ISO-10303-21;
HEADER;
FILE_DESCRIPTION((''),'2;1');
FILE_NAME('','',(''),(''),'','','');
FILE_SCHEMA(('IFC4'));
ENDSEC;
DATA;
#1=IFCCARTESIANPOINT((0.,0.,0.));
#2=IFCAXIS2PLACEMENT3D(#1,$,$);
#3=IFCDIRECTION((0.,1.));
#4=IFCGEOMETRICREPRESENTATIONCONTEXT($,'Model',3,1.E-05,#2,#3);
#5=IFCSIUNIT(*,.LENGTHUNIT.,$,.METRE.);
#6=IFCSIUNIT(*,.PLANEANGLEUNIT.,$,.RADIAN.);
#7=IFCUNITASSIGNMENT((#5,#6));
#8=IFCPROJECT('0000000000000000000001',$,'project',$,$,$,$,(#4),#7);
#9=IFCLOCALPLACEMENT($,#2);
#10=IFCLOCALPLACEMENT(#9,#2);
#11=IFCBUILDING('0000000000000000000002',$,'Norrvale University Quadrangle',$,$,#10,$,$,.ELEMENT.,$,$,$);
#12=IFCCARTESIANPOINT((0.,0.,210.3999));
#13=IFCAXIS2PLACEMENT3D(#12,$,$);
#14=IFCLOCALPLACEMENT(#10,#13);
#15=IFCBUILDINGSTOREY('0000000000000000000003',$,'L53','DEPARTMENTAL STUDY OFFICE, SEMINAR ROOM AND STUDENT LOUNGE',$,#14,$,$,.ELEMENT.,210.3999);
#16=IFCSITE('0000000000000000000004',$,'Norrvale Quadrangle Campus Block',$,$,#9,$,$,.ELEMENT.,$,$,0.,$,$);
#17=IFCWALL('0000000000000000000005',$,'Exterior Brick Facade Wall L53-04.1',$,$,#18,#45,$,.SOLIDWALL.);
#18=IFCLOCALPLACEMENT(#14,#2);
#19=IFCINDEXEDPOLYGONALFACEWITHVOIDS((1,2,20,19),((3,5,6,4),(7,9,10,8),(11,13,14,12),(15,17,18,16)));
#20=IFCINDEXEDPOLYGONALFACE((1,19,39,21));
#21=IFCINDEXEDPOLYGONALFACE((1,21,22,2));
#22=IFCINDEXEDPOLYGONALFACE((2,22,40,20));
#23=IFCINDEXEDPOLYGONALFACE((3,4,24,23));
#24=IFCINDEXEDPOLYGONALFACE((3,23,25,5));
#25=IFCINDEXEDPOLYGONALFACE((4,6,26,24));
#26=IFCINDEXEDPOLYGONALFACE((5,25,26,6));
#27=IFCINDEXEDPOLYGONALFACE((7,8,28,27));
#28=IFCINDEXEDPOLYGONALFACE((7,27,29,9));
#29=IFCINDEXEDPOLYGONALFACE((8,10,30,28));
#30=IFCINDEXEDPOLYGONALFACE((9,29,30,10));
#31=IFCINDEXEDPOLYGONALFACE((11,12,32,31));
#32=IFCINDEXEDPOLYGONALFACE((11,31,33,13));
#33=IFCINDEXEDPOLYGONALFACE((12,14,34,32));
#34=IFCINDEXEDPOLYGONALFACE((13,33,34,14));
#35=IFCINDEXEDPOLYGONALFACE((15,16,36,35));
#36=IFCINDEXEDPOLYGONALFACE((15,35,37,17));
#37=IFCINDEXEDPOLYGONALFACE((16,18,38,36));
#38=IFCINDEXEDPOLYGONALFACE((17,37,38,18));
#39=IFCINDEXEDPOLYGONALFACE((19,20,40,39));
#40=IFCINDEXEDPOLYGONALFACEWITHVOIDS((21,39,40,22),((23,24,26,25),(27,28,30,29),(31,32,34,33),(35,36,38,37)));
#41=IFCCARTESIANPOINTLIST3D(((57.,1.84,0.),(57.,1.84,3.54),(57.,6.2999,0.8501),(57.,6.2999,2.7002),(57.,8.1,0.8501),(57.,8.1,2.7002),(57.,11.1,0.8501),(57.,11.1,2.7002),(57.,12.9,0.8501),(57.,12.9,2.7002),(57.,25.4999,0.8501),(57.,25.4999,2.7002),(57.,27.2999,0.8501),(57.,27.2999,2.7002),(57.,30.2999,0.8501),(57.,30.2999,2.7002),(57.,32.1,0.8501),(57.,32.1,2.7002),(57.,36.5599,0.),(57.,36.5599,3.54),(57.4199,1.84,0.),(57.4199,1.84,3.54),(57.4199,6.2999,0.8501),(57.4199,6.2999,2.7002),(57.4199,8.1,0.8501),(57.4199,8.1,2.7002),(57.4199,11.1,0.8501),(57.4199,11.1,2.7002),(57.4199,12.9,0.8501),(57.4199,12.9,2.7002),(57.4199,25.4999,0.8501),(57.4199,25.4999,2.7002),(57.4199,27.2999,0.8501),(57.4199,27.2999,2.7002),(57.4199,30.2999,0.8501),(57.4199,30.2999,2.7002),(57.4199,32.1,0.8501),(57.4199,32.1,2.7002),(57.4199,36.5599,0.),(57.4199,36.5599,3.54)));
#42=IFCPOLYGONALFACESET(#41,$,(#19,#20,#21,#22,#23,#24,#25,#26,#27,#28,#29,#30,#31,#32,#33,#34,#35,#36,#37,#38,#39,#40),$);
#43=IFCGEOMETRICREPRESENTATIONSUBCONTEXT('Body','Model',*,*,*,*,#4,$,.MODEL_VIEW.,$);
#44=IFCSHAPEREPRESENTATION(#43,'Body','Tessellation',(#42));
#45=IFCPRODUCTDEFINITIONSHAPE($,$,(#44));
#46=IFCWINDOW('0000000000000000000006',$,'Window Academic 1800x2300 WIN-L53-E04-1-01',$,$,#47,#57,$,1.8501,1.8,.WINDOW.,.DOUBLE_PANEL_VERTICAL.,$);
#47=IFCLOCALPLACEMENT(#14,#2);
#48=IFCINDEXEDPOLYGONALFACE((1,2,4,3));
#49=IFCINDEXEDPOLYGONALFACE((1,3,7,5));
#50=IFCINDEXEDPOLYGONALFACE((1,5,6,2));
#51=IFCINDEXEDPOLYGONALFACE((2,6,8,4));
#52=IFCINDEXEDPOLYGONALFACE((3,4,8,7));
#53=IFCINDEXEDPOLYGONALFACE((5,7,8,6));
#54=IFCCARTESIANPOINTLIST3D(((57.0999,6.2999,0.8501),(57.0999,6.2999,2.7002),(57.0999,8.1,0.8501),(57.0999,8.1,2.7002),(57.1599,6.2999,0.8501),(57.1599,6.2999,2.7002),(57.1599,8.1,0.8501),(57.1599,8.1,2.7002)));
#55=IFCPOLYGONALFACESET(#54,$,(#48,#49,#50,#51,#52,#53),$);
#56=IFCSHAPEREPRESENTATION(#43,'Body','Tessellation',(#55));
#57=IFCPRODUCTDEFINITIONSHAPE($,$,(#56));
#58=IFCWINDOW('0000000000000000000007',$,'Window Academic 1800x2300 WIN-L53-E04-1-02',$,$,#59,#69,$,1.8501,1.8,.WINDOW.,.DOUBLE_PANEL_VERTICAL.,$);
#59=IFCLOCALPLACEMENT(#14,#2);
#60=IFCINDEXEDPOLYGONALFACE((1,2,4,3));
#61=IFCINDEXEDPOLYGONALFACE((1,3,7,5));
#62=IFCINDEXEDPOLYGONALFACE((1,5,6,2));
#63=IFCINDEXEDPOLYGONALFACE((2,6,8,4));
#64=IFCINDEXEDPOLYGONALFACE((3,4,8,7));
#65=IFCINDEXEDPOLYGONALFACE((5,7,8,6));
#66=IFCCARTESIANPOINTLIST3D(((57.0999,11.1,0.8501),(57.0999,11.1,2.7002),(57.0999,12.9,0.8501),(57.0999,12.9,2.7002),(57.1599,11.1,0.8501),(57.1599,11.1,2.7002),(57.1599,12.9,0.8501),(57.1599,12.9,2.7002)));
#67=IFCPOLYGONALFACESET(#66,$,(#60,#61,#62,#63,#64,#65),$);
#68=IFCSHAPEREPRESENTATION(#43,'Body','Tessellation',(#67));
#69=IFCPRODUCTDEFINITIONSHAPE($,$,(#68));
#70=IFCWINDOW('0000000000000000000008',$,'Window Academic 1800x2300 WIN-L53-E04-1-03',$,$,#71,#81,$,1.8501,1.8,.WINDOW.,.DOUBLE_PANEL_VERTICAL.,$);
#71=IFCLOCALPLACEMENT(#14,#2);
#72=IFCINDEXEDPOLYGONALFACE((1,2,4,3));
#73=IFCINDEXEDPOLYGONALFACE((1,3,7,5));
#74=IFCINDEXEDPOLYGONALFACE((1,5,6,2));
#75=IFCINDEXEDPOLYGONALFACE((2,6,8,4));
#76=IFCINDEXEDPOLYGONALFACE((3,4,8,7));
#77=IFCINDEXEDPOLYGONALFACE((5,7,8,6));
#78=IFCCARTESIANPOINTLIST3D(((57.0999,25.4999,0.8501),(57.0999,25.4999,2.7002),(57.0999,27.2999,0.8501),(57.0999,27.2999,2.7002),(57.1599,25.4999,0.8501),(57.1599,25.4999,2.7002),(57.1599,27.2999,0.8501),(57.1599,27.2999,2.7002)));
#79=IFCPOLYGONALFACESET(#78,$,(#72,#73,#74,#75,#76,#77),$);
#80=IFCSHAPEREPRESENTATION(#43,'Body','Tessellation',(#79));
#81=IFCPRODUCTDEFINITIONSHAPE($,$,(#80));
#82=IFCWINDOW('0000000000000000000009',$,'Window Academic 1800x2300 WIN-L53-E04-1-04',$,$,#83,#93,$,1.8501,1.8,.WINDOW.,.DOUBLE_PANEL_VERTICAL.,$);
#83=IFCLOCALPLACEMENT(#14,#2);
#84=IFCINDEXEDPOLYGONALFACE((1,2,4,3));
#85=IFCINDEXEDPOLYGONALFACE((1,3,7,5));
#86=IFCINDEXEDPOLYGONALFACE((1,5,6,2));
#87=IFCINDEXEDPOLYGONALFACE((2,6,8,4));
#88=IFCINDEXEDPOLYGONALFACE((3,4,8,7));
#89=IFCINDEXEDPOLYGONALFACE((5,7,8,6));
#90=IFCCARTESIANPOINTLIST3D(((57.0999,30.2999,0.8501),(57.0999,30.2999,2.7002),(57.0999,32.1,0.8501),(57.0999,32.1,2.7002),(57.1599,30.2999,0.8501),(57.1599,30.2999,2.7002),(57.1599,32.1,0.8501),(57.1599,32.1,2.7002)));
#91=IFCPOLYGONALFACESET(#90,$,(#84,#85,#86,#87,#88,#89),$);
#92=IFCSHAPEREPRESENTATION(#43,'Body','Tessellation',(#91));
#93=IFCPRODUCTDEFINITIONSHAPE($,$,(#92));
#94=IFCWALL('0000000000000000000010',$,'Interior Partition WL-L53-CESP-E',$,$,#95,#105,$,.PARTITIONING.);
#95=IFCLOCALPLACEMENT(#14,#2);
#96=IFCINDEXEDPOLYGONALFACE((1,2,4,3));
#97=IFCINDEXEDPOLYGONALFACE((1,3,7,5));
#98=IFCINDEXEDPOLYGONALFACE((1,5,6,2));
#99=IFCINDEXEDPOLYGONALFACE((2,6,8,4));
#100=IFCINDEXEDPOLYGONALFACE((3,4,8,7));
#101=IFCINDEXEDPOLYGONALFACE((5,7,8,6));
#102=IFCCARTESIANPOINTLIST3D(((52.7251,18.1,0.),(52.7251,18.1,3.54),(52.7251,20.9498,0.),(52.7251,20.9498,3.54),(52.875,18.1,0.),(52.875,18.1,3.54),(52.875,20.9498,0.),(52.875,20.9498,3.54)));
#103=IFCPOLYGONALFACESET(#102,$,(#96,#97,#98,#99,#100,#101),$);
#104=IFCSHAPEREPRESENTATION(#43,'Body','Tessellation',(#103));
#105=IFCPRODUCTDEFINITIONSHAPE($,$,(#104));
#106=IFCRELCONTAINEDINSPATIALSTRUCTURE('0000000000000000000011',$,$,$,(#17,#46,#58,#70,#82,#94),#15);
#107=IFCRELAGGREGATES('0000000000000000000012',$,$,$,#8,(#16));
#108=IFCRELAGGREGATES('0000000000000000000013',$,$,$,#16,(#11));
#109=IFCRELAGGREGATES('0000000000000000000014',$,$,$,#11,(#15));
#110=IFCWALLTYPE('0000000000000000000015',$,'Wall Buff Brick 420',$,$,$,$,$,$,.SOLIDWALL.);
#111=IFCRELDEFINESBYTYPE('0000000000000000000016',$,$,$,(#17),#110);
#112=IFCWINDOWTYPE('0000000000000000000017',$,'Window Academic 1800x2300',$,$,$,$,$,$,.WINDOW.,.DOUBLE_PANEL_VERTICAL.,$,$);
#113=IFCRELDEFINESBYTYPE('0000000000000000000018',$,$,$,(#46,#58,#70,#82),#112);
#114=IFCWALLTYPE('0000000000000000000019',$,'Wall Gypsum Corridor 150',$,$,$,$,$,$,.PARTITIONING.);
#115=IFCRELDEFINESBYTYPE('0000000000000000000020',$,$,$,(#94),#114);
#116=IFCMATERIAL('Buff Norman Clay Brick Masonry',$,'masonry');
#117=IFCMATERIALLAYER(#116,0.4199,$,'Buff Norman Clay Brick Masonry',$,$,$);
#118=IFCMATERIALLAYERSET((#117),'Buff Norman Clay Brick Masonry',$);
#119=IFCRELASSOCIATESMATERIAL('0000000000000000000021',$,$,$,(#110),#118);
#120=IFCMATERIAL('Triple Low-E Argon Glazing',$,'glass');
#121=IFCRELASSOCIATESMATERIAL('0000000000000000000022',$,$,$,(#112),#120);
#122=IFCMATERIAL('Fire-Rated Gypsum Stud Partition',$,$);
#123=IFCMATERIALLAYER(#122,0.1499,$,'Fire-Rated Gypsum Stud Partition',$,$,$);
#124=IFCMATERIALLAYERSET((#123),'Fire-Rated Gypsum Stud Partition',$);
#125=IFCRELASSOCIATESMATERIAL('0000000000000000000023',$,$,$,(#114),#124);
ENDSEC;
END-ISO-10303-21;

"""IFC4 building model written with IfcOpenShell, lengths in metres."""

from ifc_helpers import new_model, si_unit, direction, frame, frame_2d, origin, place, context, subcontext, project, spatial, rectangle, extrude, material, layer, layer_set, type_object, element, fill, save


model = new_model("IFC4")

# Units and contexts
model_context = context("Model", 3, precision=1e-05, world=origin(), true_north=direction((0.0, 1.0)))
body_context = subcontext(model_context, "Body", "Model", "MODEL_VIEW")
ifc_project = project(units=[si_unit("LENGTHUNIT", "METRE"), si_unit("PLANEANGLEUNIT", "RADIAN")], contexts=[model_context])

# Site, building, storey
site_placement = place(None, origin())
site = spatial("IfcSite", under=ifc_project, at=site_placement, Name="Norrvale Quadrangle Campus Block", CompositionType="ELEMENT", RefElevation=0.0)
building_placement = place(site_placement, origin())
building = spatial("IfcBuilding", under=site, at=building_placement, Name="Norrvale University Quadrangle", CompositionType="ELEMENT")
storey_placement = place(building_placement, frame((0.0, 0.0, 210.3999)))
storey = spatial("IfcBuildingStorey", under=building, at=storey_placement, Name="L53", Description="DEPARTMENTAL STUDY OFFICE, SEMINAR ROOM AND STUDENT LOUNGE", CompositionType="ELEMENT", Elevation=210.3999)

# Shared definitions
ifc_material_1 = material(Name="Buff Norman Clay Brick Masonry", Category="masonry")
ifc_layer_1 = layer(ifc_material_1, 0.4199, Name="Buff Norman Clay Brick Masonry")
ifc_layer_set_1 = layer_set([ifc_layer_1], Name="Buff Norman Clay Brick Masonry")
wall_type_1 = type_object("IfcWallType", Name="Wall Buff Brick 420", PredefinedType="SOLIDWALL", material=ifc_layer_set_1)

# Wall, openings, windows
wall_1_placement = place(storey_placement, frame((57.21, 1.8401, 0.0), z_axis=(0.0, 0.0, 1.0), x_axis=(0.0, 1.0, 0.0)))
wall_1 = element("IfcWall", 1, at=wall_1_placement, inside=storey, type_object=wall_type_1, Name="Exterior Brick Facade Wall L53-04.1", PredefinedType="SOLIDWALL", context=body_context, shape_type="SweptSolid", body=[
    extrude(rectangle(XDim=34.72, YDim=0.4199, at=frame_2d((17.3599, 0.0))), origin(), (0.0, 0.0, 1.0), 3.54),
])
opening_1_placement = place(wall_1_placement, frame((4.46, 0.0, 0.8501)))
opening_1 = element("IfcOpeningElement", 2, at=opening_1_placement, cuts=wall_1, PredefinedType="OPENING", context=body_context, shape_type="SweptSolid", body=[
    extrude(rectangle(XDim=1.8, YDim=1.8501, at=frame_2d((0.8999, 0.925))), frame((0.0, 0.2219, 0.0), z_axis=(0.0, -1.0, 0.0), x_axis=(1.0, 0.0, 0.0)), (0.0, 0.0, 1.0), 0.4438),
])
opening_2_placement = place(wall_1_placement, frame((9.26, 0.0, 0.8501)))
opening_2 = element("IfcOpeningElement", 3, at=opening_2_placement, cuts=wall_1, PredefinedType="OPENING", context=body_context, shape_type="SweptSolid", body=[
    extrude(rectangle(XDim=1.8, YDim=1.8501, at=frame_2d((0.8999, 0.925))), frame((0.0, 0.2219, 0.0), z_axis=(0.0, -1.0, 0.0), x_axis=(1.0, 0.0, 0.0)), (0.0, 0.0, 1.0), 0.4438),
])
opening_3_placement = place(wall_1_placement, frame((23.6599, 0.0, 0.8501)))
opening_3 = element("IfcOpeningElement", 4, at=opening_3_placement, cuts=wall_1, PredefinedType="OPENING", context=body_context, shape_type="SweptSolid", body=[
    extrude(rectangle(XDim=1.8, YDim=1.8501, at=frame_2d((0.8999, 0.925))), frame((0.0, 0.2219, 0.0), z_axis=(0.0, -1.0, 0.0), x_axis=(1.0, 0.0, 0.0)), (0.0, 0.0, 1.0), 0.4438),
])
opening_4_placement = place(wall_1_placement, frame((28.46, 0.0, 0.8501)))
opening_4 = element("IfcOpeningElement", 5, at=opening_4_placement, cuts=wall_1, PredefinedType="OPENING", context=body_context, shape_type="SweptSolid", body=[
    extrude(rectangle(XDim=1.8, YDim=1.8501, at=frame_2d((0.8999, 0.925))), frame((0.0, 0.2219, 0.0), z_axis=(0.0, -1.0, 0.0), x_axis=(1.0, 0.0, 0.0)), (0.0, 0.0, 1.0), 0.4438),
])
ifc_material_2 = material(Name="Triple Low-E Argon Glazing", Category="glass")
window_type = type_object("IfcWindowType", Name="Window Academic 1800x2300", PartitioningType="DOUBLE_PANEL_VERTICAL", PredefinedType="WINDOW", material=ifc_material_2)
window_1_placement = place(opening_1_placement, origin())
window_1 = element("IfcWindow", 6, at=window_1_placement, inside=storey, type_object=window_type, Name="Window Academic 1800x2300 WIN-L53-E04-1-01", OverallHeight=1.8501, OverallWidth=1.8, PartitioningType="DOUBLE_PANEL_VERTICAL", PredefinedType="WINDOW", context=body_context, shape_type="SweptSolid", body=[
    extrude(rectangle(XDim=1.8, YDim=1.8501, at=frame_2d((0.8999, 0.925))), frame((0.0, 0.1101, 0.0), z_axis=(0.0, -1.0, 0.0), x_axis=(1.0, 0.0, 0.0)), (0.0, 0.0, 1.0), 0.0601),
])
fill(opening_1, window_1)
window_2_placement = place(opening_2_placement, origin())
window_2 = element("IfcWindow", 7, at=window_2_placement, inside=storey, type_object=window_type, Name="Window Academic 1800x2300 WIN-L53-E04-1-02", OverallHeight=1.8501, OverallWidth=1.8, PartitioningType="DOUBLE_PANEL_VERTICAL", PredefinedType="WINDOW", context=body_context, shape_type="SweptSolid", body=[
    extrude(rectangle(XDim=1.8, YDim=1.8501, at=frame_2d((0.8999, 0.925))), frame((0.0, 0.1101, 0.0), z_axis=(0.0, -1.0, 0.0), x_axis=(1.0, 0.0, 0.0)), (0.0, 0.0, 1.0), 0.0601),
])
fill(opening_2, window_2)
window_3_placement = place(opening_3_placement, origin())
window_3 = element("IfcWindow", 8, at=window_3_placement, inside=storey, type_object=window_type, Name="Window Academic 1800x2300 WIN-L53-E04-1-03", OverallHeight=1.8501, OverallWidth=1.8, PartitioningType="DOUBLE_PANEL_VERTICAL", PredefinedType="WINDOW", context=body_context, shape_type="SweptSolid", body=[
    extrude(rectangle(XDim=1.8, YDim=1.8501, at=frame_2d((0.8999, 0.925))), frame((0.0, 0.1101, 0.0), z_axis=(0.0, -1.0, 0.0), x_axis=(1.0, 0.0, 0.0)), (0.0, 0.0, 1.0), 0.0601),
])
fill(opening_3, window_3)
window_4_placement = place(opening_4_placement, origin())
window_4 = element("IfcWindow", 9, at=window_4_placement, inside=storey, type_object=window_type, Name="Window Academic 1800x2300 WIN-L53-E04-1-04", OverallHeight=1.8501, OverallWidth=1.8, PartitioningType="DOUBLE_PANEL_VERTICAL", PredefinedType="WINDOW", context=body_context, shape_type="SweptSolid", body=[
    extrude(rectangle(XDim=1.8, YDim=1.8501, at=frame_2d((0.8999, 0.925))), frame((0.0, 0.1101, 0.0), z_axis=(0.0, -1.0, 0.0), x_axis=(1.0, 0.0, 0.0)), (0.0, 0.0, 1.0), 0.0601),
])
fill(opening_4, window_4)

# Wall
ifc_material_3 = material(Name="Fire-Rated Gypsum Stud Partition")
ifc_layer_2 = layer(ifc_material_3, 0.1499, Name="Fire-Rated Gypsum Stud Partition")
ifc_layer_set_2 = layer_set([ifc_layer_2], Name="Fire-Rated Gypsum Stud Partition")
wall_type_2 = type_object("IfcWallType", Name="Wall Gypsum Corridor 150", PredefinedType="PARTITIONING", material=ifc_layer_set_2)
wall_2_placement = place(storey_placement, frame((52.8, 18.1001, 0.0), z_axis=(0.0, 0.0, 1.0), x_axis=(0.0, 1.0, 0.0)))
element("IfcWall", 10, at=wall_2_placement, inside=storey, type_object=wall_type_2, Name="Interior Partition WL-L53-CESP-E", PredefinedType="PARTITIONING", context=body_context, shape_type="SweptSolid", body=[
    extrude(rectangle(XDim=2.8499, YDim=0.1499, at=frame_2d((1.4248, 0.0))), origin(), (0.0, 0.0, 1.0), 3.54),
])

save(model, "model.ifc")
